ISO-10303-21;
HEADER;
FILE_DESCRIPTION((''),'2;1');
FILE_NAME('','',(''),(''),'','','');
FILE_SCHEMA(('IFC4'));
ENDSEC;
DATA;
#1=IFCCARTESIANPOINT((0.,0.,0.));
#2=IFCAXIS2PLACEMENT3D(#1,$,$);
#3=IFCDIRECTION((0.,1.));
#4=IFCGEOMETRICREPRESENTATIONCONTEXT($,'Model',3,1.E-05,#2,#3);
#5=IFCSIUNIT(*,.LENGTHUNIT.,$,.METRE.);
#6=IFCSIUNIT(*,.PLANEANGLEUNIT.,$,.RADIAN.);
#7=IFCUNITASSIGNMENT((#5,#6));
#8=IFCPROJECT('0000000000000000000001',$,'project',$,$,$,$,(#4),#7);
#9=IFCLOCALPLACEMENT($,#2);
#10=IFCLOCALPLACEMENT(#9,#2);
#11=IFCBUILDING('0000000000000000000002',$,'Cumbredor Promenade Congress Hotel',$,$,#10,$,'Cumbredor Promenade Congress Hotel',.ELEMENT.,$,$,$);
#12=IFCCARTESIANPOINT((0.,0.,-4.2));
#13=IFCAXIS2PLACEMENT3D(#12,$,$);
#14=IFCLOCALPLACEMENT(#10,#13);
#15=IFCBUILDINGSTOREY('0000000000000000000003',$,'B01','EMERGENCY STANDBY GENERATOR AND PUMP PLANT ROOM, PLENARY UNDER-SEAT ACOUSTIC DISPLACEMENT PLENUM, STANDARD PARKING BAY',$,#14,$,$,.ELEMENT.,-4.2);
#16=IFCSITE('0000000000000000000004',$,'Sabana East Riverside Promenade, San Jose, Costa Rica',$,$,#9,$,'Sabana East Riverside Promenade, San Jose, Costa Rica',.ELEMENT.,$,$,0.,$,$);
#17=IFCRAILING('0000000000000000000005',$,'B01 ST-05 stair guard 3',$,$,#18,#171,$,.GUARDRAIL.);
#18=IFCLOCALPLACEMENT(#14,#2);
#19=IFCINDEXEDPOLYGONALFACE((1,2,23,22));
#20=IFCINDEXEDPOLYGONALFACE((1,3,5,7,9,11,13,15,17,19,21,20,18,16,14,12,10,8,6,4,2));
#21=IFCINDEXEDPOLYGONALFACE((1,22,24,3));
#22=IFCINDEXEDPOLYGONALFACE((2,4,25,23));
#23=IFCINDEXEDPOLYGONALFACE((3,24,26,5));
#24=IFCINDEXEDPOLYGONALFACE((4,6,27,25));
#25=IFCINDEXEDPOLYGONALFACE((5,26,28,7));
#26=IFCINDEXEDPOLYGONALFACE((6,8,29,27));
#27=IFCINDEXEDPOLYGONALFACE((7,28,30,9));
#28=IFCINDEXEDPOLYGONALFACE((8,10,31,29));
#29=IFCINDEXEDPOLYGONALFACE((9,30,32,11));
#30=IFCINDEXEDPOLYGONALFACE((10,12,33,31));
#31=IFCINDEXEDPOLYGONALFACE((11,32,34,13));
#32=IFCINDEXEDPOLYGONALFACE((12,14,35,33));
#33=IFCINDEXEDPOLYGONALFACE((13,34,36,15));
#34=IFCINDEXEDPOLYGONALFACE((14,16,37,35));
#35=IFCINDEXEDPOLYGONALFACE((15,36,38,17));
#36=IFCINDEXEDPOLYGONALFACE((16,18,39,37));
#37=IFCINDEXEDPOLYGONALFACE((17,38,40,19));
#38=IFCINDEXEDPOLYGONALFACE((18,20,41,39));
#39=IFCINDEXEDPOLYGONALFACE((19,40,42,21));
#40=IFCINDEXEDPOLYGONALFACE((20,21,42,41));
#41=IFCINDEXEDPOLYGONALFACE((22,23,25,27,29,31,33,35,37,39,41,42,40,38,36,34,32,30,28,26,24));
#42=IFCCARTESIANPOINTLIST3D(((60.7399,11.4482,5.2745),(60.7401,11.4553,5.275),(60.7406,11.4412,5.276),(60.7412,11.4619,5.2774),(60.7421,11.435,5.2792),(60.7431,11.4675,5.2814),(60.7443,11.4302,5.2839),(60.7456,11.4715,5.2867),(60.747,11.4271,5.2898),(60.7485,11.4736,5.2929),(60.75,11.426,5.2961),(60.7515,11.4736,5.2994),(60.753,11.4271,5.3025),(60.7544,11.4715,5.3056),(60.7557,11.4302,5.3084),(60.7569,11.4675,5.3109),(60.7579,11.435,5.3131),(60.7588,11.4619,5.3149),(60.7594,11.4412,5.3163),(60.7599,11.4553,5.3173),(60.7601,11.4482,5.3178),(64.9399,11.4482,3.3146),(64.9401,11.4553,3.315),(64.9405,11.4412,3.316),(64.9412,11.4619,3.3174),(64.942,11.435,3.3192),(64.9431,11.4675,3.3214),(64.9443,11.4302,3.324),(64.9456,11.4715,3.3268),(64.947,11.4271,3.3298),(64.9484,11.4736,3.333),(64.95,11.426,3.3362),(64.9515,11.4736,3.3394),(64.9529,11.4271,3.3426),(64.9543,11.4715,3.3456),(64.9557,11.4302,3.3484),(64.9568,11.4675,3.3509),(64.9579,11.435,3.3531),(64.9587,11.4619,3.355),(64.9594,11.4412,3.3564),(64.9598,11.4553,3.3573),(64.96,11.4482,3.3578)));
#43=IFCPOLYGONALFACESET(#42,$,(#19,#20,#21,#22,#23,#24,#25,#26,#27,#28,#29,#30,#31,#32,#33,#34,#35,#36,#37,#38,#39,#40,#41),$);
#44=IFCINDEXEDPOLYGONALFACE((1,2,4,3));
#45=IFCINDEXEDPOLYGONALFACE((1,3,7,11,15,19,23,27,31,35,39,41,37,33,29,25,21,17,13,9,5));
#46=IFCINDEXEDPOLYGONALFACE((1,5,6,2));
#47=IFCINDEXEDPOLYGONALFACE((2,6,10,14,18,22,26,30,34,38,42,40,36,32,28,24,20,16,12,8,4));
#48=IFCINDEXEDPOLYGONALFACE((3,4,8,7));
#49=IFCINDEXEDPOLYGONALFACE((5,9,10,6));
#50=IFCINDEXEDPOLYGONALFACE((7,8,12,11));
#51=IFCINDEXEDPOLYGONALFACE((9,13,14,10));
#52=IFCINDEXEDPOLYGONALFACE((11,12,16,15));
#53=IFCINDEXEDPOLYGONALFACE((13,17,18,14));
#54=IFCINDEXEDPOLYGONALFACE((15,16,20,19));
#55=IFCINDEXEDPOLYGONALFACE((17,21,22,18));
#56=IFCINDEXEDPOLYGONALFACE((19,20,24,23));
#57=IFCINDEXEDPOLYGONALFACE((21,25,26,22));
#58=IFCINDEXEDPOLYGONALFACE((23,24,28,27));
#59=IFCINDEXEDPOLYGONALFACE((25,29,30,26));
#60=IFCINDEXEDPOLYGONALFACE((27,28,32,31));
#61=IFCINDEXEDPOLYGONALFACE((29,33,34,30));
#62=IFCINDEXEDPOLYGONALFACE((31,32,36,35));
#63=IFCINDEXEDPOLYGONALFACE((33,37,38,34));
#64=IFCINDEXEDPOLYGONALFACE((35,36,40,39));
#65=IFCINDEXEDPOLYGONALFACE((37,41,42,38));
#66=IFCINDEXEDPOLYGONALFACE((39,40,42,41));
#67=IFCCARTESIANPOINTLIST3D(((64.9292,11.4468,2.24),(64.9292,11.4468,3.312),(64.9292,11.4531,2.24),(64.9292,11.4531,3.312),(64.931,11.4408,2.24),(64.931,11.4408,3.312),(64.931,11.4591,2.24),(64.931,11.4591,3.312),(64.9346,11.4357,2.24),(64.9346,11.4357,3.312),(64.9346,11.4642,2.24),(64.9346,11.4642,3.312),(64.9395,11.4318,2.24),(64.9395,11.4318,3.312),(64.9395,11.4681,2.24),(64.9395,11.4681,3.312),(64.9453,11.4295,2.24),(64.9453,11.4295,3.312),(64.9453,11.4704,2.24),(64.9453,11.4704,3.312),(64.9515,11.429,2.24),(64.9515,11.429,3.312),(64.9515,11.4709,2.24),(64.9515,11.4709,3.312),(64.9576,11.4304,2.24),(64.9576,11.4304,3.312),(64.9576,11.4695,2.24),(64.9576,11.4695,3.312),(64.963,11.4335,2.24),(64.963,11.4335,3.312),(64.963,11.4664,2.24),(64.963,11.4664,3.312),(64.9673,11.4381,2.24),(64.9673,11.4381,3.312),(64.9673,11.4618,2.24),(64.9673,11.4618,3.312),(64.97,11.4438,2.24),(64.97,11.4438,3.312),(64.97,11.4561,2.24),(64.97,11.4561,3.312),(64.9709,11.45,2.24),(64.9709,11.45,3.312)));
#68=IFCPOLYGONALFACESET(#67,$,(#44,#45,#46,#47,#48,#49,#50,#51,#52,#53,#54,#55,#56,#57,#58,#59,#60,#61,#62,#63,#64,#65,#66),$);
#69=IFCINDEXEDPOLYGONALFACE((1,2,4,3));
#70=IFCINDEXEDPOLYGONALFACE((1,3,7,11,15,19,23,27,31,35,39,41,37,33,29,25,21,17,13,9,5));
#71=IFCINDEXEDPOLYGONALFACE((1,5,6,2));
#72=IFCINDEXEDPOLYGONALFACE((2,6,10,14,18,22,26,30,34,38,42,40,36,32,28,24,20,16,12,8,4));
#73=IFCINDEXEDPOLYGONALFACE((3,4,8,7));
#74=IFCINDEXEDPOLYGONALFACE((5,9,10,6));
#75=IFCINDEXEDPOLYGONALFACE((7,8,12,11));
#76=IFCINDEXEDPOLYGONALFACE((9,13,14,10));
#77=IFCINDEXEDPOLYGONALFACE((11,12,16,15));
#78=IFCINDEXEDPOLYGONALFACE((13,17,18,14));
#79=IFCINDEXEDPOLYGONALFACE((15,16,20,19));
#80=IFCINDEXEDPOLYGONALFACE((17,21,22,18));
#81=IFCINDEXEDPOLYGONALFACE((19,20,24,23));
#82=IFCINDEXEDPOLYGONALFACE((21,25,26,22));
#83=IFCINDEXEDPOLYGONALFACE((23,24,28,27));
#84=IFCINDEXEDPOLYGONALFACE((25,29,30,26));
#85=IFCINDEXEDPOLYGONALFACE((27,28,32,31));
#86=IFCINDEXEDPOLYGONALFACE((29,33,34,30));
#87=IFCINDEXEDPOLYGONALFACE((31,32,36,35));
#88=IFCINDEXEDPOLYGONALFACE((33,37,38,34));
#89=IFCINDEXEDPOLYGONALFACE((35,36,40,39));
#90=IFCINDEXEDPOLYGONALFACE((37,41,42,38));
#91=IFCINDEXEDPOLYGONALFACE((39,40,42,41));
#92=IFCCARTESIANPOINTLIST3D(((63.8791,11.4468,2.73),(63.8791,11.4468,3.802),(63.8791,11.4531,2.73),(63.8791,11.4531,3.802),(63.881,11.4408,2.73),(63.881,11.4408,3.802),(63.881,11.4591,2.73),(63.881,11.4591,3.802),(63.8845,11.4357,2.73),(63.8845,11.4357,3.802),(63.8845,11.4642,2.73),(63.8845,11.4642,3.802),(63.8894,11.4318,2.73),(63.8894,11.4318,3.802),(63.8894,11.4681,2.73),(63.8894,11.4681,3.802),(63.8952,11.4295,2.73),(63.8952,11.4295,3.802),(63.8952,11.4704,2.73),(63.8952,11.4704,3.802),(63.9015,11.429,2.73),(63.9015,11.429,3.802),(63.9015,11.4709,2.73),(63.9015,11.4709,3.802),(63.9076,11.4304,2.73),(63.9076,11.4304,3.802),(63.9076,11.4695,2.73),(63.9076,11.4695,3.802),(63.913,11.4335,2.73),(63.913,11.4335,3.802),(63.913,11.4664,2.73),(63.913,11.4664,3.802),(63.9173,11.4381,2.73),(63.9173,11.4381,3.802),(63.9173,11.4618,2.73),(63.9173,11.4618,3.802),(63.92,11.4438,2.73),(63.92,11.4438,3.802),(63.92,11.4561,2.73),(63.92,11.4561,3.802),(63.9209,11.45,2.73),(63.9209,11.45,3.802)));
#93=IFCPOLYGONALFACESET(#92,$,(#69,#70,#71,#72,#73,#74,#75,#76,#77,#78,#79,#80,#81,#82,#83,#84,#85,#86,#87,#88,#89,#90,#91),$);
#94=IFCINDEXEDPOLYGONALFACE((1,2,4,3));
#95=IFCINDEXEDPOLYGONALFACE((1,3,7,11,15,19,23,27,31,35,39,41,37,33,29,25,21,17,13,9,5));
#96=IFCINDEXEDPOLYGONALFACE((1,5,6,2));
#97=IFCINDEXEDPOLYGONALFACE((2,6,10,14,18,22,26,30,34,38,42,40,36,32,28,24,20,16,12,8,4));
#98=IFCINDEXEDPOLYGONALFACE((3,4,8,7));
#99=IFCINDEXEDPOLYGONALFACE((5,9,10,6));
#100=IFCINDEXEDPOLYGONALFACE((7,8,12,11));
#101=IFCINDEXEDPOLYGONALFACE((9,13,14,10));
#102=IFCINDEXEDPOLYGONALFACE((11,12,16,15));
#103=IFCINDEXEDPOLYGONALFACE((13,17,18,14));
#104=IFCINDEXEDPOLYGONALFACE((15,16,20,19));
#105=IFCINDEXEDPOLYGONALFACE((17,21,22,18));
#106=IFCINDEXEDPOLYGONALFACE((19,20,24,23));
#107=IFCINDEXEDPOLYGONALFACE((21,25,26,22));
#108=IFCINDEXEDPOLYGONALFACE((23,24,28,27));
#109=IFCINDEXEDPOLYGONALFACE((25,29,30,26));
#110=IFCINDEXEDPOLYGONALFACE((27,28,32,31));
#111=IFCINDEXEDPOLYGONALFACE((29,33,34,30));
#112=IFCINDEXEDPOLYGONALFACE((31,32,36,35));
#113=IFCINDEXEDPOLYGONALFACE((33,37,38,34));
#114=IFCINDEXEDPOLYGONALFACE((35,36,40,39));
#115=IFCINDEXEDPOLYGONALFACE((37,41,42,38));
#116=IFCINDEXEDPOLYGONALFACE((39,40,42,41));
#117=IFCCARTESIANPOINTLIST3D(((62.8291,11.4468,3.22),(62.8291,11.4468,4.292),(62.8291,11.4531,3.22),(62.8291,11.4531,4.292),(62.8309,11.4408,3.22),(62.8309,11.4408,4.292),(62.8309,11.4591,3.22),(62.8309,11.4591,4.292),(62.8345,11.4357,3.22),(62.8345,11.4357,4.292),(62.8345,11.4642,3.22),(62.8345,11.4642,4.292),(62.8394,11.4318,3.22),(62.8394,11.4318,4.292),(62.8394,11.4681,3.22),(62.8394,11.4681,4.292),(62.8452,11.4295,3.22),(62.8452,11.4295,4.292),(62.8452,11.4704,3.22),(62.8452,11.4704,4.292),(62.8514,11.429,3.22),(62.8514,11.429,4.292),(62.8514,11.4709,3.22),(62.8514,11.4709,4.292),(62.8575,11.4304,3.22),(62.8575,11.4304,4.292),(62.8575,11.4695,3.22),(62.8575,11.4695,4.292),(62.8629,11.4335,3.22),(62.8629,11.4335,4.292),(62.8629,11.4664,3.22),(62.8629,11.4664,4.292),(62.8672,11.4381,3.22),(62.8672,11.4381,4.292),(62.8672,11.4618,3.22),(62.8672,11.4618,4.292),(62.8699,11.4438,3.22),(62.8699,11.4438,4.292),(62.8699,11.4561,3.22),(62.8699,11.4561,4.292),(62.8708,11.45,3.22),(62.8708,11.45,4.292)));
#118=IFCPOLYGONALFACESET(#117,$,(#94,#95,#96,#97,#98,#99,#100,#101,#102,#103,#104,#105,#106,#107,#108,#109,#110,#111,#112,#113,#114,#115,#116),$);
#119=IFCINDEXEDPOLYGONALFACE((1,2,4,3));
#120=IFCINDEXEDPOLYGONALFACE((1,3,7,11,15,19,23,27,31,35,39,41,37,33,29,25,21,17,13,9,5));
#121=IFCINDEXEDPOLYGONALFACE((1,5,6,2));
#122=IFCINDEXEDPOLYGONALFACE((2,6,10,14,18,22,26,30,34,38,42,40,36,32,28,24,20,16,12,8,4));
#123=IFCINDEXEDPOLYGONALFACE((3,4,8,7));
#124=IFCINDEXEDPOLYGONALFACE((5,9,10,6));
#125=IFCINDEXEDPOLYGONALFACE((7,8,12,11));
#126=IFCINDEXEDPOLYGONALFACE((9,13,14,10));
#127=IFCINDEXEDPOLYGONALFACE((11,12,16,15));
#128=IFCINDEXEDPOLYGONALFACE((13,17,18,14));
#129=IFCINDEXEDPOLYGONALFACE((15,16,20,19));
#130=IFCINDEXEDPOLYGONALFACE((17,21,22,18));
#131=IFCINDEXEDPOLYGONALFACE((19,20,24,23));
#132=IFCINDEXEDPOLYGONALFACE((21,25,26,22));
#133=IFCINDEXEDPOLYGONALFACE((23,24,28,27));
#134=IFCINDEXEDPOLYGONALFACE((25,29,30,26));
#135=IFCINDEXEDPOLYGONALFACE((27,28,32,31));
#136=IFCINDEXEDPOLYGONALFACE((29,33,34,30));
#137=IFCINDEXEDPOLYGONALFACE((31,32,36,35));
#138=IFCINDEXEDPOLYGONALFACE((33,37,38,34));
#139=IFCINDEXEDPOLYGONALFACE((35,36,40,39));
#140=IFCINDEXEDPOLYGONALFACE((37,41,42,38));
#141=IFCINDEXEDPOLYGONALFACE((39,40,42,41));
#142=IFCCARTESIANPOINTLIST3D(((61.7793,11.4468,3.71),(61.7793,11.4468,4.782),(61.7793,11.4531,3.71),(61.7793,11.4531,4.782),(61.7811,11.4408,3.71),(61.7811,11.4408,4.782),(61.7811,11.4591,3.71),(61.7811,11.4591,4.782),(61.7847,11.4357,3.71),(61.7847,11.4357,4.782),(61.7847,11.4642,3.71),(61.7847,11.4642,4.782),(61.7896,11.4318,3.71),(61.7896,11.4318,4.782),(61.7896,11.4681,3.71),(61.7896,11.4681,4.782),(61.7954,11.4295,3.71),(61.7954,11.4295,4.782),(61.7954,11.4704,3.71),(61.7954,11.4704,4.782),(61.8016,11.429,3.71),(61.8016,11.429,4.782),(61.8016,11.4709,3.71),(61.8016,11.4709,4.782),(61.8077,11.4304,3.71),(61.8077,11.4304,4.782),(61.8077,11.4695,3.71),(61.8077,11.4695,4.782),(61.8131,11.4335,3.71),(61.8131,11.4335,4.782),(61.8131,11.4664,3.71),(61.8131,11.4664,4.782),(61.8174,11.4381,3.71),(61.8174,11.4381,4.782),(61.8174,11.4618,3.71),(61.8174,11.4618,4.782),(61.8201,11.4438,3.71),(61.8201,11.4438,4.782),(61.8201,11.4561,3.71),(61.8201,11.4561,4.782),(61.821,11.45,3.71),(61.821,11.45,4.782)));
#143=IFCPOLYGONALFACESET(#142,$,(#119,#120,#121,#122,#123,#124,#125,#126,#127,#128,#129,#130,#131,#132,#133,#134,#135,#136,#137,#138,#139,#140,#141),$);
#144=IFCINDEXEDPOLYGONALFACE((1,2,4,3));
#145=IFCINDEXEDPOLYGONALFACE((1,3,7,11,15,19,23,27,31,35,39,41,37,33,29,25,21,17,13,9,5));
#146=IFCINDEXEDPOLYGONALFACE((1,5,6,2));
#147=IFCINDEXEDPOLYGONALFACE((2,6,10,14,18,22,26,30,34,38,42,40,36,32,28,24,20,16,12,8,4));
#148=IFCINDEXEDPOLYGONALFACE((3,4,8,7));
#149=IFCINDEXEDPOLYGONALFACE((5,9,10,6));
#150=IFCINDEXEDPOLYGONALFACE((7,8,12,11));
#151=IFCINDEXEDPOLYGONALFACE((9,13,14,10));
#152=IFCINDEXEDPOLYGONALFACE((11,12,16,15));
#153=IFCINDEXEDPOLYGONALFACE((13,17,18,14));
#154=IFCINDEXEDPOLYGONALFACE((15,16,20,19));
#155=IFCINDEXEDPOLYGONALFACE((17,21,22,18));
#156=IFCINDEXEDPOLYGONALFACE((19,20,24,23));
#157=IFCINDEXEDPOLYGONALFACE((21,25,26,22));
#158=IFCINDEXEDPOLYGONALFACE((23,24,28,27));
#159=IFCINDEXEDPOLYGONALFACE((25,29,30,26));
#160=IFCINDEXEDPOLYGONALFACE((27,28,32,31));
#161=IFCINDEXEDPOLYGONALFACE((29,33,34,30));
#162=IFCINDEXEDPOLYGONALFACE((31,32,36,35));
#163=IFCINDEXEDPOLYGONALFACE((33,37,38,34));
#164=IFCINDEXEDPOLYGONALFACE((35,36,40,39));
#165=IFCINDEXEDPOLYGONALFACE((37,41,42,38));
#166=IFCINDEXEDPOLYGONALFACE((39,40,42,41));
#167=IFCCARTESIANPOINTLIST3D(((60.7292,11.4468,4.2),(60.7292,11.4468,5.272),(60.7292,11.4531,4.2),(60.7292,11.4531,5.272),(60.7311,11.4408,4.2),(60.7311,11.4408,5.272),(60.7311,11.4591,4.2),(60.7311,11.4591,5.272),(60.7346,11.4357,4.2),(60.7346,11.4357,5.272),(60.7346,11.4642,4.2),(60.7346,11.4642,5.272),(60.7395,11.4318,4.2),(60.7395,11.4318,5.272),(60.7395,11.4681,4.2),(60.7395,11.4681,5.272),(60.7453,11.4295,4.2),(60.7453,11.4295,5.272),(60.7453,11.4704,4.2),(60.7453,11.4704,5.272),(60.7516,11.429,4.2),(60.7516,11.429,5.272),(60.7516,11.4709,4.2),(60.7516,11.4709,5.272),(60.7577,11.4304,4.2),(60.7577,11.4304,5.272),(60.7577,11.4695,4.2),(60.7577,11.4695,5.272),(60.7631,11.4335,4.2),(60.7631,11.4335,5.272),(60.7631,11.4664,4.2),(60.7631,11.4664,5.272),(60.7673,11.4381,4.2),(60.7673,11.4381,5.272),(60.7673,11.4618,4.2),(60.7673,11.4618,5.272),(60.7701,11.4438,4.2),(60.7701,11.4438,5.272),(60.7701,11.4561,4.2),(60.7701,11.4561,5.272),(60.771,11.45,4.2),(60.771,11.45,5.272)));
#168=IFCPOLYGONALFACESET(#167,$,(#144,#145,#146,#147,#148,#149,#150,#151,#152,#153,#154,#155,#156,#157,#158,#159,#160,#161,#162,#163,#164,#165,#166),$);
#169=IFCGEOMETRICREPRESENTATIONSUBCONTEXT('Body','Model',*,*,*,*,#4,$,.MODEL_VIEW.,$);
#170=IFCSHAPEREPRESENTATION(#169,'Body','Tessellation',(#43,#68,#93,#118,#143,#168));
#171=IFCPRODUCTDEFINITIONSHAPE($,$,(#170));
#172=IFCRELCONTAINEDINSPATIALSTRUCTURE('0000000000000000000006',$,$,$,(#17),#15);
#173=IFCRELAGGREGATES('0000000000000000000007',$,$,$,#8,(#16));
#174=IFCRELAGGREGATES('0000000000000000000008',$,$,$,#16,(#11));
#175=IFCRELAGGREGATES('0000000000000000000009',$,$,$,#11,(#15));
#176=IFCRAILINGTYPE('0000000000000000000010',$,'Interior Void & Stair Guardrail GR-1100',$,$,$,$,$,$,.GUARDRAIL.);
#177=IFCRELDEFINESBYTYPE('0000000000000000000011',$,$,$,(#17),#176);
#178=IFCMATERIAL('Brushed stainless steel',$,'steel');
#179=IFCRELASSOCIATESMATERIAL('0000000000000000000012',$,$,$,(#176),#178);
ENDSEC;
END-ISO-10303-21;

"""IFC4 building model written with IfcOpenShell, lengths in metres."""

from ifc_helpers import new_model, si_unit, direction, frame, origin, origin_2d, place, context, subcontext, project, spatial, circle, extrude, material, type_object, element, save


model = new_model("IFC4")

# Units and contexts
model_context = context("Model", 3, precision=1e-05, world=origin(), true_north=direction((0.0, 1.0)))
body_context = subcontext(model_context, "Body", "Model", "MODEL_VIEW")
ifc_project = project(units=[si_unit("LENGTHUNIT", "METRE"), si_unit("PLANEANGLEUNIT", "RADIAN")], contexts=[model_context])

# Site, building, storey
site_placement = place(None, origin())
site = spatial("IfcSite", under=ifc_project, at=site_placement, Name="Sabana East Riverside Promenade, San Jose, Costa Rica", LongName="Sabana East Riverside Promenade, San Jose, Costa Rica", CompositionType="ELEMENT", RefElevation=0.0)
building_placement = place(site_placement, origin())
building = spatial("IfcBuilding", under=site, at=building_placement, Name="Cumbredor Promenade Congress Hotel", LongName="Cumbredor Promenade Congress Hotel", CompositionType="ELEMENT")
storey_placement = place(building_placement, frame((0.0, 0.0, -4.2)))
storey = spatial("IfcBuildingStorey", under=building, at=storey_placement, Name="B01", Description="EMERGENCY STANDBY GENERATOR AND PUMP PLANT ROOM, PLENARY UNDER-SEAT ACOUSTIC DISPLACEMENT PLENUM, STANDARD PARKING BAY", CompositionType="ELEMENT", Elevation=-4.2)

# Railing
ifc_material_1 = material(Name="Brushed stainless steel", Category="steel")
railing_type_1 = type_object("IfcRailingType", Name="Interior Void & Stair Guardrail GR-1100", PredefinedType="GUARDRAIL", material=ifc_material_1)
railing_1_placement = place(storey_placement, frame((64.95, 11.45, 2.24)))
element("IfcRailing", 1, at=railing_1_placement, inside=storey, type_object=railing_type_1, Name="B01 ST-05 stair guard 3", PredefinedType="GUARDRAIL", context=body_context, shape_type="SweptSolid", body=[
    extrude(circle(Radius=0.0239, at=origin_2d()), frame((0.0, 0.0, 1.0962), z_axis=(-0.906184, 0.0, 0.422883), x_axis=(0.0, -1.0, 0.0)), (0.0, 0.0, 1.0), 4.6348),
    extrude(circle(Radius=0.021, at=origin_2d()), origin(), (0.0, 0.0, 1.0), 1.072),
    extrude(circle(Radius=0.021, at=origin_2d()), frame((-1.05, 0.0, 0.49)), (0.0, 0.0, 1.0), 1.072),
    extrude(circle(Radius=0.021, at=origin_2d()), frame((-2.1001, 0.0, 0.98)), (0.0, 0.0, 1.0), 1.072),
    extrude(circle(Radius=0.021, at=origin_2d()), frame((-3.1499, 0.0, 1.47)), (0.0, 0.0, 1.0), 1.072),
    extrude(circle(Radius=0.021, at=origin_2d()), frame((-4.2, 0.0, 1.96)), (0.0, 0.0, 1.0), 1.072),
])

save(model, "model.ifc")
